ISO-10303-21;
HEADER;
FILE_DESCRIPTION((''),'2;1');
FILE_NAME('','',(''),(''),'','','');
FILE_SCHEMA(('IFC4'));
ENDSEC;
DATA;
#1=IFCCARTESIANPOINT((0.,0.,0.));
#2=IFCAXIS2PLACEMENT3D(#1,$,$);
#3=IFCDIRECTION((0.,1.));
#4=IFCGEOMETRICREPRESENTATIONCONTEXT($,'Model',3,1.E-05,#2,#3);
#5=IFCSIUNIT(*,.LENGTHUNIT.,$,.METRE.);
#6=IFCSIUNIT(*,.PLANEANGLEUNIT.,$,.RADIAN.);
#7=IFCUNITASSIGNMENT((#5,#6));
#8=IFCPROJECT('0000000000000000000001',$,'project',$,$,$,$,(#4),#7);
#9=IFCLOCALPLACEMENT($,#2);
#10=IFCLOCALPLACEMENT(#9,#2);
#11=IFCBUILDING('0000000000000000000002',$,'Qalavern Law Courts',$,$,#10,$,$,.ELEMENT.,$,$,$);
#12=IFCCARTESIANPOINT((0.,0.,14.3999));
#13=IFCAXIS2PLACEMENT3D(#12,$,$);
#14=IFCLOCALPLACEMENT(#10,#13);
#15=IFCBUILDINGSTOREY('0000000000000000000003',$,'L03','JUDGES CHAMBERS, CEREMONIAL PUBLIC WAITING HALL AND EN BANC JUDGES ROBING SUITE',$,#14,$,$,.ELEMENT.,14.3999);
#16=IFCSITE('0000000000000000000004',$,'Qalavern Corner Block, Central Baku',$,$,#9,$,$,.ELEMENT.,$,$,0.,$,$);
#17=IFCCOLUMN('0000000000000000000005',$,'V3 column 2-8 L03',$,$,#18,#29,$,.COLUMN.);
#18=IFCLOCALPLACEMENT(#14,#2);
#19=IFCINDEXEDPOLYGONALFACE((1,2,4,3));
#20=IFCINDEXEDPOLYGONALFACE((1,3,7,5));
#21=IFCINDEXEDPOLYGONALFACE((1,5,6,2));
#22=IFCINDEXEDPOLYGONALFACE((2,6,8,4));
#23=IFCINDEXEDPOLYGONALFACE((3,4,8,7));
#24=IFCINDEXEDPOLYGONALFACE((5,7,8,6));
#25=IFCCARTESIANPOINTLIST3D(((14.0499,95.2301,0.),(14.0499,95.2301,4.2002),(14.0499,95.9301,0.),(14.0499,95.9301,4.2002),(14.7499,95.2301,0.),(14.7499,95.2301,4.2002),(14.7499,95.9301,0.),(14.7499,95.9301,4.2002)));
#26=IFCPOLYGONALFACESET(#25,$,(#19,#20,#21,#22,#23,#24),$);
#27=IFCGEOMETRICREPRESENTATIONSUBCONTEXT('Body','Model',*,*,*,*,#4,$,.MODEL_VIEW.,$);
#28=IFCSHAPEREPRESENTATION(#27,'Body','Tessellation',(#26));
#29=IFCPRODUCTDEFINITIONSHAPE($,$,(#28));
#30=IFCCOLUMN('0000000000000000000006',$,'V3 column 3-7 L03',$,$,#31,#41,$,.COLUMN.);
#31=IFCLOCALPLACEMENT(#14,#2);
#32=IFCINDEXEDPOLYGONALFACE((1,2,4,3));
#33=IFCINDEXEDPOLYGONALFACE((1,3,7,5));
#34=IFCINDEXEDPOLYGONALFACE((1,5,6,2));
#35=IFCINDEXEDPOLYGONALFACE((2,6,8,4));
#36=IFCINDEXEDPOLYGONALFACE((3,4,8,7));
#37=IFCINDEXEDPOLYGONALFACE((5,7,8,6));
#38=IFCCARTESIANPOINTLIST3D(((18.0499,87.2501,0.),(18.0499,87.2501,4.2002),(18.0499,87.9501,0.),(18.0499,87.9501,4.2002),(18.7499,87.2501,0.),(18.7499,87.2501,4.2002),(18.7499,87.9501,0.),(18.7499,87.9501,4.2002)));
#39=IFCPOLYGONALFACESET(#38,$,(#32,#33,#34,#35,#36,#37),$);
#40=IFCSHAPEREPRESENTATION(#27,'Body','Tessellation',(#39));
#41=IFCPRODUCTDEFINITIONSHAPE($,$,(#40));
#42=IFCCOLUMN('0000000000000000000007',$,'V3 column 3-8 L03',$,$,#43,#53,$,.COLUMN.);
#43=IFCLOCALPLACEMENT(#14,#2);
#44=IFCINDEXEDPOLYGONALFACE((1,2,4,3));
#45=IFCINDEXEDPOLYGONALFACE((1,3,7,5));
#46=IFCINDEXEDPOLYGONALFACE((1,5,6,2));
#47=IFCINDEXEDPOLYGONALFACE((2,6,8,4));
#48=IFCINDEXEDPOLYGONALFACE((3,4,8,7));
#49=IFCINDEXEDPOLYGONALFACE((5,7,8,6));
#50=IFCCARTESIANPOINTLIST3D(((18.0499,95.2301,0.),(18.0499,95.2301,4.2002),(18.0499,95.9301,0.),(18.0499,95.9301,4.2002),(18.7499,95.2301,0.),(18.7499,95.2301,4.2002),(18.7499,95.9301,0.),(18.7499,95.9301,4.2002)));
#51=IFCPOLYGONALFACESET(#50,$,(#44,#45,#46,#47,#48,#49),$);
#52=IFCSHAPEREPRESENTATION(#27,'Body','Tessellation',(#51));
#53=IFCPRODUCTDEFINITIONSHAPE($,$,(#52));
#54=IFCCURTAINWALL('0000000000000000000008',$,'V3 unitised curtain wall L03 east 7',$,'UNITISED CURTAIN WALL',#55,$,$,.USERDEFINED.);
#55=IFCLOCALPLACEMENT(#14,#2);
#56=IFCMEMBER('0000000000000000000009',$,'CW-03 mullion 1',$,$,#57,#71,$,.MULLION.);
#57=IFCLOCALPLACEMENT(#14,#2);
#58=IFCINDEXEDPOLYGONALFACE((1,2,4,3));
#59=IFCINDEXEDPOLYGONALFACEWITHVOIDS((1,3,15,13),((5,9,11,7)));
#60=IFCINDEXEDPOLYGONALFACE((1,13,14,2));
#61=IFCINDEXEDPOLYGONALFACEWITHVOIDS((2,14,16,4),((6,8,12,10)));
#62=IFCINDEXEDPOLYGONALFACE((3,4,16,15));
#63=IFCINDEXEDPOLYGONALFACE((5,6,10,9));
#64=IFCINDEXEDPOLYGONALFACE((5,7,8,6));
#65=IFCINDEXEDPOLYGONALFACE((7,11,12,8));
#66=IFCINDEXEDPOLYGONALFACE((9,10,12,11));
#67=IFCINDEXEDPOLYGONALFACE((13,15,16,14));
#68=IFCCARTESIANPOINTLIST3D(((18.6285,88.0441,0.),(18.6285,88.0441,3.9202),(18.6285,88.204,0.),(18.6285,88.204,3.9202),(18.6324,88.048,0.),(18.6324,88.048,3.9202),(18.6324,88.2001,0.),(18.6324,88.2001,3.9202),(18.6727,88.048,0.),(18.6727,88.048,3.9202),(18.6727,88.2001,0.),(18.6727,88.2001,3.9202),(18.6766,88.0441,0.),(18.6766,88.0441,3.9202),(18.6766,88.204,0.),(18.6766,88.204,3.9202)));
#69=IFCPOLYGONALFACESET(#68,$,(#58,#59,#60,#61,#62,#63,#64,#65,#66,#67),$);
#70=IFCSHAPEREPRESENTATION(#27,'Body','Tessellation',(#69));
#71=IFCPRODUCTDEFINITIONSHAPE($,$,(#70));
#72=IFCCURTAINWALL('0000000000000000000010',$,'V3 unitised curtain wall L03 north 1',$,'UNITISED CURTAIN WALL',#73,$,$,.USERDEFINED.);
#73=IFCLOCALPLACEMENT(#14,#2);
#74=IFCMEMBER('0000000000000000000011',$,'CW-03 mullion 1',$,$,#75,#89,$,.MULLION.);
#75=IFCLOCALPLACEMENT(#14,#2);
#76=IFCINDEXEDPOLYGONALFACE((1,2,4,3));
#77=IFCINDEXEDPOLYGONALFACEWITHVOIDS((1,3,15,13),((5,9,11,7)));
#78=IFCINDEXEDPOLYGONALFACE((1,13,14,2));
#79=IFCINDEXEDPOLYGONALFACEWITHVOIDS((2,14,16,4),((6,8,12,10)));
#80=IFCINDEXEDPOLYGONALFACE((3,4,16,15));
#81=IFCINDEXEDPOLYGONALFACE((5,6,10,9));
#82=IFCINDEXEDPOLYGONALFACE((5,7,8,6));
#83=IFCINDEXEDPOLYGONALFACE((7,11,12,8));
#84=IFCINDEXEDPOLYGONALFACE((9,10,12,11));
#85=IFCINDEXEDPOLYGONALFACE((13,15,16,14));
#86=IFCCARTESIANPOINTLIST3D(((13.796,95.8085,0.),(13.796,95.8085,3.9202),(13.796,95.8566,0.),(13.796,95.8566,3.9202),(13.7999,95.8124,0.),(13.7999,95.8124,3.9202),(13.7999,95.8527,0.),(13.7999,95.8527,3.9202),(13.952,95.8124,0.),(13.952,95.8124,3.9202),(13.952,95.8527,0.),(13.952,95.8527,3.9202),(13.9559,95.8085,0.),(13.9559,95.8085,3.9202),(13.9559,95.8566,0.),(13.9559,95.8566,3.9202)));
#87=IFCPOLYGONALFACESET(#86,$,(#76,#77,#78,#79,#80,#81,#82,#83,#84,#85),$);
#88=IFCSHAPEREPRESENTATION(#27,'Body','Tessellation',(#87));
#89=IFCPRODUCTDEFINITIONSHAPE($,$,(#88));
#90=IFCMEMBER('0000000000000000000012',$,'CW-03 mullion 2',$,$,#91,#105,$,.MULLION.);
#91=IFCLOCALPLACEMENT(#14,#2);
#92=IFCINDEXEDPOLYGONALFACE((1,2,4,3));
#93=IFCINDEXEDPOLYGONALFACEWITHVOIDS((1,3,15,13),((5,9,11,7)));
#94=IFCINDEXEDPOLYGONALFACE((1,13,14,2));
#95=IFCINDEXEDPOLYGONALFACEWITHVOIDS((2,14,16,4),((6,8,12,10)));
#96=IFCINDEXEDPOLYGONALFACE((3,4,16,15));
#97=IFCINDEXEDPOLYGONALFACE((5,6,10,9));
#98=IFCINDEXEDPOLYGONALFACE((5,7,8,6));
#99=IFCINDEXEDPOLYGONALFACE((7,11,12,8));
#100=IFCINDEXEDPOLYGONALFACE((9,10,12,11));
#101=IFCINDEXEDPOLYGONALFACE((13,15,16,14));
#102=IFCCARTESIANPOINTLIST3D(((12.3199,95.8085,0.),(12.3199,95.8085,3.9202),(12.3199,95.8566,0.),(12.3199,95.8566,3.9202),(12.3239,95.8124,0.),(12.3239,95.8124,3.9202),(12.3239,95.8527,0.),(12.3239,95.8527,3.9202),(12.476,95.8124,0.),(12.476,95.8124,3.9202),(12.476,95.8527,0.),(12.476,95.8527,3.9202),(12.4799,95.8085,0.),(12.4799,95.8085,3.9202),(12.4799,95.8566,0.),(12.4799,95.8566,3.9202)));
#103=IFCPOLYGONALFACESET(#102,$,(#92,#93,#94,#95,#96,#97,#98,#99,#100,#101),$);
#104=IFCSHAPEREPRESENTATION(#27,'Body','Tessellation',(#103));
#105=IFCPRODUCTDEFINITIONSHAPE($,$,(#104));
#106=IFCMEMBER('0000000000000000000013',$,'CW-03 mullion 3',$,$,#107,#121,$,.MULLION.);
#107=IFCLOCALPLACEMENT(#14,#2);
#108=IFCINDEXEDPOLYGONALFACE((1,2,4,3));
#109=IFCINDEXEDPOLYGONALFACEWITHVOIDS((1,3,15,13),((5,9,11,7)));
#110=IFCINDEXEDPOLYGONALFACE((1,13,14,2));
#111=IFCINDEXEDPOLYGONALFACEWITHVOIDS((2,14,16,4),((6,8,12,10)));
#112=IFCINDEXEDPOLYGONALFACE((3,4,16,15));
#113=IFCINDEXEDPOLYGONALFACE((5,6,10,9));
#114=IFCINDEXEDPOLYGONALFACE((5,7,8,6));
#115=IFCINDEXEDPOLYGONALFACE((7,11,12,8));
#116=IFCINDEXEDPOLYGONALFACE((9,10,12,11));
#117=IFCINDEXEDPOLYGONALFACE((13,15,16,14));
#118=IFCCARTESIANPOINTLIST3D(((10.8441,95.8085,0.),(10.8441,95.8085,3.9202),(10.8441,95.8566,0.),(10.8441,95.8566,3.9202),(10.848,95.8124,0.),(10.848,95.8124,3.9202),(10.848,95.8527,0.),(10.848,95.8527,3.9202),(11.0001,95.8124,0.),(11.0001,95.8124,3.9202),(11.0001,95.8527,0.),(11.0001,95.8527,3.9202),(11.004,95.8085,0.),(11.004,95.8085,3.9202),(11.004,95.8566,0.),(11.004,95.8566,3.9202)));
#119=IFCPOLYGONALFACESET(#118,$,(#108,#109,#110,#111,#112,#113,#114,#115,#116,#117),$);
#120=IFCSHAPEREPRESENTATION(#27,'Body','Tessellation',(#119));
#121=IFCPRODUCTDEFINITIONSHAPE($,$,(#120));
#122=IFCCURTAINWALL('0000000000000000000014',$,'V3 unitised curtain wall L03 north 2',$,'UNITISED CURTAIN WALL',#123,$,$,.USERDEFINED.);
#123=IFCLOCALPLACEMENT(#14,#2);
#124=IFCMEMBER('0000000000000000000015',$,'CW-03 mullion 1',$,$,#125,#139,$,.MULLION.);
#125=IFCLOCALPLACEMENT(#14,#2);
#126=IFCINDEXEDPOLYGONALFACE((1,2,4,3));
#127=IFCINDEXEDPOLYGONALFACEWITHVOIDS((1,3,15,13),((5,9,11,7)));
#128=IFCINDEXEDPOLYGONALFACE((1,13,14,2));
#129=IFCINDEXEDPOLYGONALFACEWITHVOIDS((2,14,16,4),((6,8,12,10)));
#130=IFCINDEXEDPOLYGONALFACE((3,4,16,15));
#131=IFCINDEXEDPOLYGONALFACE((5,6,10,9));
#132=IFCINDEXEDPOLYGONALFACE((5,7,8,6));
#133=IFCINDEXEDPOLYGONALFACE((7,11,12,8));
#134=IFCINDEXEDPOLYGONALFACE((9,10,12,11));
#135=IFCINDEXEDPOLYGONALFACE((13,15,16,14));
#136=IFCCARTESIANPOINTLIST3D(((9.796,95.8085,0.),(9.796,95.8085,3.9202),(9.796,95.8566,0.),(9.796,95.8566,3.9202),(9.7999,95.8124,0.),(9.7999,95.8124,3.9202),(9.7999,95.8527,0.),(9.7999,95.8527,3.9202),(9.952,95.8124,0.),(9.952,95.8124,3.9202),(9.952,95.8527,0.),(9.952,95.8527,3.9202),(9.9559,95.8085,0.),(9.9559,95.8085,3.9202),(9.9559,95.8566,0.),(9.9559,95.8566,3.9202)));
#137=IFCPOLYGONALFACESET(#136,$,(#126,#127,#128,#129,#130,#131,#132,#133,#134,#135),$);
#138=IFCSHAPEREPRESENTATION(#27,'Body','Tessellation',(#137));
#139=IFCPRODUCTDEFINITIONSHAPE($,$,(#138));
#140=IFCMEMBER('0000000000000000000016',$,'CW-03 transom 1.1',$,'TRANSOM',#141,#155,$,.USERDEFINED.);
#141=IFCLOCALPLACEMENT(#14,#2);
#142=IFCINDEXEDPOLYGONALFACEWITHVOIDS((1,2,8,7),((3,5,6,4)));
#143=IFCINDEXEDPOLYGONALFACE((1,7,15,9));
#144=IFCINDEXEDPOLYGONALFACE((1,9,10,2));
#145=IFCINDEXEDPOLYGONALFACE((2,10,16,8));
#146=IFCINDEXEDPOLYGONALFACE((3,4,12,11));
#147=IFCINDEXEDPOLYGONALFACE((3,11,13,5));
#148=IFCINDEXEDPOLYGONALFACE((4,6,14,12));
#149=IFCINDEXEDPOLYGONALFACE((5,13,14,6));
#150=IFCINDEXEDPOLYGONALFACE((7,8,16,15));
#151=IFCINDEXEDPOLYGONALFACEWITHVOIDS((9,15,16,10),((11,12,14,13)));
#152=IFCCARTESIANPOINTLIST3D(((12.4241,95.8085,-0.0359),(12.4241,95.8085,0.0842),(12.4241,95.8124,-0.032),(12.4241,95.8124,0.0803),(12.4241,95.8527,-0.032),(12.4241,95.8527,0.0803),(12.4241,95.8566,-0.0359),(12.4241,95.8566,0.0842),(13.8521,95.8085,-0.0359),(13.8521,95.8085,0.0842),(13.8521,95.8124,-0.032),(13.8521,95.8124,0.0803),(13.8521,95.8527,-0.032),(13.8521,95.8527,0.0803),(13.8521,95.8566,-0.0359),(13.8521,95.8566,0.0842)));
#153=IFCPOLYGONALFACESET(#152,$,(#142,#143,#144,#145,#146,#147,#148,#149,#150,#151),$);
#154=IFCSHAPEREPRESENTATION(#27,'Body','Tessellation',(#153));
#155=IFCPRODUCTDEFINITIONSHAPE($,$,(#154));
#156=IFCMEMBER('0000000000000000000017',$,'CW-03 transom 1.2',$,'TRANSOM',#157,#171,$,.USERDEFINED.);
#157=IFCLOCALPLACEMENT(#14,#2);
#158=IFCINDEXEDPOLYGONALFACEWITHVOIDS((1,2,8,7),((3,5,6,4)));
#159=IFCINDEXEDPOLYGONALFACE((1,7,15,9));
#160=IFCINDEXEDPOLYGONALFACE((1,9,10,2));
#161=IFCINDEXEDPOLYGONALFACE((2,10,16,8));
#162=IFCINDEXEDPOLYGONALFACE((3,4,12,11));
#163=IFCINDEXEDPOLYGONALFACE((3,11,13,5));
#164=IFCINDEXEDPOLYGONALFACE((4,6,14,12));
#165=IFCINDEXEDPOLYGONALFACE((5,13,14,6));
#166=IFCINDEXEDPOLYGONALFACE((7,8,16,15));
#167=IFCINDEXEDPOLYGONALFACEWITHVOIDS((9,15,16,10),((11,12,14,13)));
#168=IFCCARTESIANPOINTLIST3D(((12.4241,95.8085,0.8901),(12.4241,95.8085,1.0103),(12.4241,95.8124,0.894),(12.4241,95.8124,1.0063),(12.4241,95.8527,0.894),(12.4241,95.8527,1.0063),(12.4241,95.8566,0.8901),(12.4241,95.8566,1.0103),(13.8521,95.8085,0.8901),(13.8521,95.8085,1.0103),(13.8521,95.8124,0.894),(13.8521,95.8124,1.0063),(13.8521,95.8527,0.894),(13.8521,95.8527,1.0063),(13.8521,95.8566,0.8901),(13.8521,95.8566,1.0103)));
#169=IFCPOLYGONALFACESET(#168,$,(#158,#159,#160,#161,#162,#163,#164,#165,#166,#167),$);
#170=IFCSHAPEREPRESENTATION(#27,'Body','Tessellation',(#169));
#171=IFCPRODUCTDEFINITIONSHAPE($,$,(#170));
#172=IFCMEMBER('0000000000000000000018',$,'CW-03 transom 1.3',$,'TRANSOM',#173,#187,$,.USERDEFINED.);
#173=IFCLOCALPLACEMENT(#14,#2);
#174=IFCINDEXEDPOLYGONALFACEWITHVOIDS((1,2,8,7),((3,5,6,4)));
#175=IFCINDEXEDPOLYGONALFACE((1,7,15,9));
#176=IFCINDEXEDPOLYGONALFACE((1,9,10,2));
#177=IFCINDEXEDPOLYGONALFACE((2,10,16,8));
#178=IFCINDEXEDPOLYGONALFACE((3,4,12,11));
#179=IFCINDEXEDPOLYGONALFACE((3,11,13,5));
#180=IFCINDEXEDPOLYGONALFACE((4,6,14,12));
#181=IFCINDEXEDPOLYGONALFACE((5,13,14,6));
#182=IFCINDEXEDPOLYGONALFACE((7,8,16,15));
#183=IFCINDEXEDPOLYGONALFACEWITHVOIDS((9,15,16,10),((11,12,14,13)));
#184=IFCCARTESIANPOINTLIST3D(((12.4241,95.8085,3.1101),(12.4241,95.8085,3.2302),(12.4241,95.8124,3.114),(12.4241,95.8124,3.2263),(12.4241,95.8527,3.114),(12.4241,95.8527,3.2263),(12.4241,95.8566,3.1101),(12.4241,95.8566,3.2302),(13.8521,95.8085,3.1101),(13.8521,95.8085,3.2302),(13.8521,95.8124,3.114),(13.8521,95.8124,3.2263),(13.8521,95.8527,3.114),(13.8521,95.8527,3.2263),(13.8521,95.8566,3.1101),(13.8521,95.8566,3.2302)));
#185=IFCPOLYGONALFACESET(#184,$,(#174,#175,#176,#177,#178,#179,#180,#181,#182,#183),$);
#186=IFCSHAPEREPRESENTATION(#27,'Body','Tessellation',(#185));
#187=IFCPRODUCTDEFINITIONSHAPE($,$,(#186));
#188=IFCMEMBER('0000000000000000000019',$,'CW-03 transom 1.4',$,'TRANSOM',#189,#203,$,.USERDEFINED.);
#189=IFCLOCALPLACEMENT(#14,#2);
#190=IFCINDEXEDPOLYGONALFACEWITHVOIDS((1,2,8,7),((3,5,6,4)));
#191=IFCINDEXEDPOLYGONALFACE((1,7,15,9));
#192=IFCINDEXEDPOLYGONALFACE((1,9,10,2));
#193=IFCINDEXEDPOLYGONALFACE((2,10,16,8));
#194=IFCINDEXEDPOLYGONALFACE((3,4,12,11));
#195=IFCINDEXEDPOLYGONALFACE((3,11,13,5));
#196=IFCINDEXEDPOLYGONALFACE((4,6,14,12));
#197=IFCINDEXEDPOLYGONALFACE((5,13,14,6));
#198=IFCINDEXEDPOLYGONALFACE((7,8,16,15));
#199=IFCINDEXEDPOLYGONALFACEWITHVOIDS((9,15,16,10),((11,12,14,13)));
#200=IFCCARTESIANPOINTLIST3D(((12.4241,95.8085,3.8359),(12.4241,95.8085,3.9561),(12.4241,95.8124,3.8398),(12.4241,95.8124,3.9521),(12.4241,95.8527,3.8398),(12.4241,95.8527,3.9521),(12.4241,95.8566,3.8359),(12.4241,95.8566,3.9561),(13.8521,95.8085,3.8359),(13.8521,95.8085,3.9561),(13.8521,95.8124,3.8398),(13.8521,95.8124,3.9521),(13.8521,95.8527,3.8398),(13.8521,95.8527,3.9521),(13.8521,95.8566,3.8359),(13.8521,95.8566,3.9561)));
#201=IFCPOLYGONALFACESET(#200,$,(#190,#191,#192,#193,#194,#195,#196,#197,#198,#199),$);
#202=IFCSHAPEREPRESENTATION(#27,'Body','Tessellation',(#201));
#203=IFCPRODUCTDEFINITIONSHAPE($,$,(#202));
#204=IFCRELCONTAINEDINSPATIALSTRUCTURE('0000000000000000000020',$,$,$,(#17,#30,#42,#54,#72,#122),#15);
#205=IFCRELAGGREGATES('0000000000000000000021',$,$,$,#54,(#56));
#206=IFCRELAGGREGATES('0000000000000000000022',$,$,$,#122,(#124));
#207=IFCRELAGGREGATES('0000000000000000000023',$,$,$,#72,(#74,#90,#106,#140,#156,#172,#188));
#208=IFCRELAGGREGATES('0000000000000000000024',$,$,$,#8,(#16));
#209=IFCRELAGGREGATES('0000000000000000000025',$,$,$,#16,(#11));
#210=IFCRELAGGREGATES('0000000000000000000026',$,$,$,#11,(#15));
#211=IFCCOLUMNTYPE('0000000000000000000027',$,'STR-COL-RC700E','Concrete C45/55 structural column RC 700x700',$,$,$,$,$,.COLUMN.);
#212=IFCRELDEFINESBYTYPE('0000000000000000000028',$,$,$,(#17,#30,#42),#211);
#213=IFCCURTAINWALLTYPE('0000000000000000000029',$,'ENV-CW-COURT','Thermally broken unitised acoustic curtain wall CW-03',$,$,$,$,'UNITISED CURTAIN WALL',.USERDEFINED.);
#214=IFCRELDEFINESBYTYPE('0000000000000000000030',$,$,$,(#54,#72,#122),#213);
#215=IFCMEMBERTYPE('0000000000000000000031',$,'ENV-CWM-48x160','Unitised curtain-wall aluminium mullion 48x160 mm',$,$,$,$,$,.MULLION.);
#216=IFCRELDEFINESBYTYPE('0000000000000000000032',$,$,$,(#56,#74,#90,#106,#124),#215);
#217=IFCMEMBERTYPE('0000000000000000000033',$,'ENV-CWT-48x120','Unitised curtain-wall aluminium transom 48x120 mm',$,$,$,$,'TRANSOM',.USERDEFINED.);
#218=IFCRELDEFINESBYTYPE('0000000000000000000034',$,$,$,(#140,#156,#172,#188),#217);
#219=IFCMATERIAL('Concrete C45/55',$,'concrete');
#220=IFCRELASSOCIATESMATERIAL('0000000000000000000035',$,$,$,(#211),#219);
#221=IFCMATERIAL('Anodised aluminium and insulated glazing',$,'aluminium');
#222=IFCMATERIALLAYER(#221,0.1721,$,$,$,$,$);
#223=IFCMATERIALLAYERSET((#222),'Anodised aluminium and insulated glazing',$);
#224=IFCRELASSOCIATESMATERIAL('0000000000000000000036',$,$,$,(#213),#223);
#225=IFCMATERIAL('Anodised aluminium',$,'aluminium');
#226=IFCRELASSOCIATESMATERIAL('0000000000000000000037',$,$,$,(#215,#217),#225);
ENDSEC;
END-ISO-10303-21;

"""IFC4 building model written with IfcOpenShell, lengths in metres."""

from ifc_helpers import new_model, si_unit, direction, frame, origin, origin_2d, place, context, subcontext, project, spatial, rectangle, hollow_rectangle, extrude, material, layer, layer_set, material_profile, profile_set, type_object, element, aggregate, save


model = new_model("IFC4")

# Units and contexts
model_context = context("Model", 3, precision=1e-05, world=origin(), true_north=direction((0.0, 1.0)))
body_context = subcontext(model_context, "Body", "Model", "MODEL_VIEW")
ifc_project = project(units=[si_unit("LENGTHUNIT", "METRE"), si_unit("PLANEANGLEUNIT", "RADIAN")], contexts=[model_context])

# Site, building, storey
site_placement = place(None, origin())
site = spatial("IfcSite", under=ifc_project, at=site_placement, Name="Qalavern Corner Block, Central Baku", CompositionType="ELEMENT", RefElevation=0.0)
building_placement = place(site_placement, origin())
building = spatial("IfcBuilding", under=site, at=building_placement, Name="Qalavern Law Courts", CompositionType="ELEMENT")
storey_placement = place(building_placement, frame((0.0, 0.0, 14.3999)))
storey = spatial("IfcBuildingStorey", under=building, at=storey_placement, Name="L03", Description="JUDGES CHAMBERS, CEREMONIAL PUBLIC WAITING HALL AND EN BANC JUDGES ROBING SUITE", CompositionType="ELEMENT", Elevation=14.3999)

# Columns
ifc_material_1 = material(Name="Concrete C45/55", Category="concrete")
ifc_material_profile_1 = material_profile(ifc_material_1, rectangle(XDim=0.7, YDim=0.7, at=origin_2d()), Name="RC 700x700")
ifc_profile_set_1 = profile_set([ifc_material_profile_1], Name="Concrete C45/55")
column_type = type_object("IfcColumnType", Name="STR-COL-RC700E", Description="Concrete C45/55 structural column RC 700x700", PredefinedType="COLUMN", material=ifc_profile_set_1)
for number, where, z_axis, x_axis, name in (
    (1, (14.3999, 95.5801, 0.0), (0.0, 0.0, 1.0), (1.0, 0.0, 0.0), "V3 column 2-8 L03"),
    (2, (18.3999, 87.6001, 0.0), (0.0, 0.0, 1.0), (1.0, 0.0, 0.0), "V3 column 3-7 L03"),
    (3, (18.3999, 95.5801, 0.0), (0.0, 0.0, 1.0), (1.0, 0.0, 0.0), "V3 column 3-8 L03"),
):
    element("IfcColumn", number, at=place(storey_placement, frame(where, z_axis=z_axis, x_axis=x_axis)), inside=storey, type_object=column_type, Name=name, PredefinedType="COLUMN", context=body_context, shape_type="SweptSolid", body=[
        extrude(rectangle(XDim=0.7, YDim=0.7, at=origin_2d()), origin(), (0.0, 0.0, 1.0), 4.2002),
    ])

# Curtain wall, member
ifc_material_2 = material(Name="Anodised aluminium and insulated glazing", Category="aluminium")
ifc_layer_1 = layer(ifc_material_2, 0.1721)
ifc_layer_set_1 = layer_set([ifc_layer_1], Name="Anodised aluminium and insulated glazing")
curtain_wall_type = type_object("IfcCurtainWallType", Name="ENV-CW-COURT", Description="Thermally broken unitised acoustic curtain wall CW-03", ElementType="UNITISED CURTAIN WALL", PredefinedType="USERDEFINED", material=ifc_layer_set_1)
curtain_wall_1_placement = place(storey_placement, origin())
curtain_wall_1 = element("IfcCurtainWall", 4, at=curtain_wall_1_placement, inside=storey, type_object=curtain_wall_type, Name="V3 unitised curtain wall L03 east 7", ObjectType="UNITISED CURTAIN WALL", PredefinedType="USERDEFINED")
ifc_material_3 = material(Name="Anodised aluminium", Category="aluminium")
ifc_material_profile_2 = material_profile(ifc_material_3, hollow_rectangle(XDim=0.0481, YDim=0.1599, WallThickness=0.0039, at=origin_2d()), Name="ALU MULLION 48x160")
ifc_profile_set_2 = profile_set([ifc_material_profile_2], Name="Anodised aluminium")
member_type_1 = type_object("IfcMemberType", Name="ENV-CWM-48x160", Description="Unitised curtain-wall aluminium mullion 48x160 mm", PredefinedType="MULLION", material=ifc_profile_set_2)
member_1_placement = place(storey_placement, frame((18.6526, 88.124, 0.0), z_axis=(0.0, 0.0, 1.0), x_axis=(-1.0, 0.0, 0.0)))
member_1 = element("IfcMember", 5, at=member_1_placement, type_object=member_type_1, Name="CW-03 mullion 1", PredefinedType="MULLION", context=body_context, shape_type="SweptSolid", body=[
    extrude(hollow_rectangle(XDim=0.0481, YDim=0.1599, WallThickness=0.0039, at=origin_2d()), origin(), (0.0, 0.0, 1.0), 3.9202),
])
aggregate(curtain_wall_1, [member_1])

# Curtain wall, members
curtain_wall_2_placement = place(storey_placement, origin())
curtain_wall_2 = element("IfcCurtainWall", 6, at=curtain_wall_2_placement, inside=storey, type_object=curtain_wall_type, Name="V3 unitised curtain wall L03 north 1", ObjectType="UNITISED CURTAIN WALL", PredefinedType="USERDEFINED")
member_2_placement = place(storey_placement, frame((13.876, 95.8325, 0.0), z_axis=(0.0, 0.0, 1.0), x_axis=(0.0, -1.0, 0.0)))
member_2 = element("IfcMember", 7, at=member_2_placement, type_object=member_type_1, Name="CW-03 mullion 1", PredefinedType="MULLION", context=body_context, shape_type="SweptSolid", body=[
    extrude(hollow_rectangle(XDim=0.0481, YDim=0.1599, WallThickness=0.0039, at=origin_2d()), origin(), (0.0, 0.0, 1.0), 3.9202),
])
member_3_placement = place(storey_placement, frame((12.3999, 95.8325, 0.0), z_axis=(0.0, 0.0, 1.0), x_axis=(0.0, -1.0, 0.0)))
member_3 = element("IfcMember", 8, at=member_3_placement, type_object=member_type_1, Name="CW-03 mullion 2", PredefinedType="MULLION", context=body_context, shape_type="SweptSolid", body=[
    extrude(hollow_rectangle(XDim=0.0481, YDim=0.1599, WallThickness=0.0039, at=origin_2d()), origin(), (0.0, 0.0, 1.0), 3.9202),
])
member_4_placement = place(storey_placement, frame((10.9241, 95.8325, 0.0), z_axis=(0.0, 0.0, 1.0), x_axis=(0.0, -1.0, 0.0)))
member_4 = element("IfcMember", 9, at=member_4_placement, type_object=member_type_1, Name="CW-03 mullion 3", PredefinedType="MULLION", context=body_context, shape_type="SweptSolid", body=[
    extrude(hollow_rectangle(XDim=0.0481, YDim=0.1599, WallThickness=0.0039, at=origin_2d()), origin(), (0.0, 0.0, 1.0), 3.9202),
])

# Curtain wall, member
curtain_wall_3_placement = place(storey_placement, origin())
curtain_wall_3 = element("IfcCurtainWall", 10, at=curtain_wall_3_placement, inside=storey, type_object=curtain_wall_type, Name="V3 unitised curtain wall L03 north 2", ObjectType="UNITISED CURTAIN WALL", PredefinedType="USERDEFINED")
member_5_placement = place(storey_placement, frame((9.876, 95.8325, 0.0), z_axis=(0.0, 0.0, 1.0), x_axis=(0.0, -1.0, 0.0)))
member_5 = element("IfcMember", 11, at=member_5_placement, type_object=member_type_1, Name="CW-03 mullion 1", PredefinedType="MULLION", context=body_context, shape_type="SweptSolid", body=[
    extrude(hollow_rectangle(XDim=0.0481, YDim=0.1599, WallThickness=0.0039, at=origin_2d()), origin(), (0.0, 0.0, 1.0), 3.9202),
])

# Members
ifc_material_profile_3 = material_profile(ifc_material_3, hollow_rectangle(XDim=0.0481, YDim=0.1201, WallThickness=0.0039, at=origin_2d()), Name="ALU TRANSOM 48x120")
ifc_profile_set_3 = profile_set([ifc_material_profile_3], Name="Anodised aluminium")
member_type_2 = type_object("IfcMemberType", Name="ENV-CWT-48x120", Description="Unitised curtain-wall aluminium transom 48x120 mm", ElementType="TRANSOM", PredefinedType="USERDEFINED", material=ifc_profile_set_3)
member_6_placement = place(storey_placement, frame((13.8521, 95.8325, 0.0242), z_axis=(-1.0, 0.0, 0.0), x_axis=(0.0, -1.0, 0.0)))
member_6 = element("IfcMember", 12, at=member_6_placement, type_object=member_type_2, Name="CW-03 transom 1.1", ObjectType="TRANSOM", PredefinedType="USERDEFINED", context=body_context, shape_type="SweptSolid", body=[
    extrude(hollow_rectangle(XDim=0.0481, YDim=0.1201, WallThickness=0.0039, at=origin_2d()), origin(), (0.0, 0.0, 1.0), 1.428),
])
member_7_placement = place(storey_placement, frame((13.8521, 95.8325, 0.9502), z_axis=(-1.0, 0.0, 0.0), x_axis=(0.0, -1.0, 0.0)))
member_7 = element("IfcMember", 13, at=member_7_placement, type_object=member_type_2, Name="CW-03 transom 1.2", ObjectType="TRANSOM", PredefinedType="USERDEFINED", context=body_context, shape_type="SweptSolid", body=[
    extrude(hollow_rectangle(XDim=0.0481, YDim=0.1201, WallThickness=0.0039, at=origin_2d()), origin(), (0.0, 0.0, 1.0), 1.428),
])
member_8_placement = place(storey_placement, frame((13.8521, 95.8325, 3.1702), z_axis=(-1.0, 0.0, 0.0), x_axis=(0.0, -1.0, 0.0)))
member_8 = element("IfcMember", 14, at=member_8_placement, type_object=member_type_2, Name="CW-03 transom 1.3", ObjectType="TRANSOM", PredefinedType="USERDEFINED", context=body_context, shape_type="SweptSolid", body=[
    extrude(hollow_rectangle(XDim=0.0481, YDim=0.1201, WallThickness=0.0039, at=origin_2d()), origin(), (0.0, 0.0, 1.0), 1.428),
])
member_9_placement = place(storey_placement, frame((13.8521, 95.8325, 3.896), z_axis=(-1.0, 0.0, 0.0), x_axis=(0.0, -1.0, 0.0)))
member_9 = element("IfcMember", 15, at=member_9_placement, type_object=member_type_2, Name="CW-03 transom 1.4", ObjectType="TRANSOM", PredefinedType="USERDEFINED", context=body_context, shape_type="SweptSolid", body=[
    extrude(hollow_rectangle(XDim=0.0481, YDim=0.1201, WallThickness=0.0039, at=origin_2d()), origin(), (0.0, 0.0, 1.0), 1.428),
])
aggregate(curtain_wall_3, [member_5])

aggregate(curtain_wall_2, [member_2, member_3, member_4, member_6, member_7, member_8, member_9])

save(model, "model.ifc")
